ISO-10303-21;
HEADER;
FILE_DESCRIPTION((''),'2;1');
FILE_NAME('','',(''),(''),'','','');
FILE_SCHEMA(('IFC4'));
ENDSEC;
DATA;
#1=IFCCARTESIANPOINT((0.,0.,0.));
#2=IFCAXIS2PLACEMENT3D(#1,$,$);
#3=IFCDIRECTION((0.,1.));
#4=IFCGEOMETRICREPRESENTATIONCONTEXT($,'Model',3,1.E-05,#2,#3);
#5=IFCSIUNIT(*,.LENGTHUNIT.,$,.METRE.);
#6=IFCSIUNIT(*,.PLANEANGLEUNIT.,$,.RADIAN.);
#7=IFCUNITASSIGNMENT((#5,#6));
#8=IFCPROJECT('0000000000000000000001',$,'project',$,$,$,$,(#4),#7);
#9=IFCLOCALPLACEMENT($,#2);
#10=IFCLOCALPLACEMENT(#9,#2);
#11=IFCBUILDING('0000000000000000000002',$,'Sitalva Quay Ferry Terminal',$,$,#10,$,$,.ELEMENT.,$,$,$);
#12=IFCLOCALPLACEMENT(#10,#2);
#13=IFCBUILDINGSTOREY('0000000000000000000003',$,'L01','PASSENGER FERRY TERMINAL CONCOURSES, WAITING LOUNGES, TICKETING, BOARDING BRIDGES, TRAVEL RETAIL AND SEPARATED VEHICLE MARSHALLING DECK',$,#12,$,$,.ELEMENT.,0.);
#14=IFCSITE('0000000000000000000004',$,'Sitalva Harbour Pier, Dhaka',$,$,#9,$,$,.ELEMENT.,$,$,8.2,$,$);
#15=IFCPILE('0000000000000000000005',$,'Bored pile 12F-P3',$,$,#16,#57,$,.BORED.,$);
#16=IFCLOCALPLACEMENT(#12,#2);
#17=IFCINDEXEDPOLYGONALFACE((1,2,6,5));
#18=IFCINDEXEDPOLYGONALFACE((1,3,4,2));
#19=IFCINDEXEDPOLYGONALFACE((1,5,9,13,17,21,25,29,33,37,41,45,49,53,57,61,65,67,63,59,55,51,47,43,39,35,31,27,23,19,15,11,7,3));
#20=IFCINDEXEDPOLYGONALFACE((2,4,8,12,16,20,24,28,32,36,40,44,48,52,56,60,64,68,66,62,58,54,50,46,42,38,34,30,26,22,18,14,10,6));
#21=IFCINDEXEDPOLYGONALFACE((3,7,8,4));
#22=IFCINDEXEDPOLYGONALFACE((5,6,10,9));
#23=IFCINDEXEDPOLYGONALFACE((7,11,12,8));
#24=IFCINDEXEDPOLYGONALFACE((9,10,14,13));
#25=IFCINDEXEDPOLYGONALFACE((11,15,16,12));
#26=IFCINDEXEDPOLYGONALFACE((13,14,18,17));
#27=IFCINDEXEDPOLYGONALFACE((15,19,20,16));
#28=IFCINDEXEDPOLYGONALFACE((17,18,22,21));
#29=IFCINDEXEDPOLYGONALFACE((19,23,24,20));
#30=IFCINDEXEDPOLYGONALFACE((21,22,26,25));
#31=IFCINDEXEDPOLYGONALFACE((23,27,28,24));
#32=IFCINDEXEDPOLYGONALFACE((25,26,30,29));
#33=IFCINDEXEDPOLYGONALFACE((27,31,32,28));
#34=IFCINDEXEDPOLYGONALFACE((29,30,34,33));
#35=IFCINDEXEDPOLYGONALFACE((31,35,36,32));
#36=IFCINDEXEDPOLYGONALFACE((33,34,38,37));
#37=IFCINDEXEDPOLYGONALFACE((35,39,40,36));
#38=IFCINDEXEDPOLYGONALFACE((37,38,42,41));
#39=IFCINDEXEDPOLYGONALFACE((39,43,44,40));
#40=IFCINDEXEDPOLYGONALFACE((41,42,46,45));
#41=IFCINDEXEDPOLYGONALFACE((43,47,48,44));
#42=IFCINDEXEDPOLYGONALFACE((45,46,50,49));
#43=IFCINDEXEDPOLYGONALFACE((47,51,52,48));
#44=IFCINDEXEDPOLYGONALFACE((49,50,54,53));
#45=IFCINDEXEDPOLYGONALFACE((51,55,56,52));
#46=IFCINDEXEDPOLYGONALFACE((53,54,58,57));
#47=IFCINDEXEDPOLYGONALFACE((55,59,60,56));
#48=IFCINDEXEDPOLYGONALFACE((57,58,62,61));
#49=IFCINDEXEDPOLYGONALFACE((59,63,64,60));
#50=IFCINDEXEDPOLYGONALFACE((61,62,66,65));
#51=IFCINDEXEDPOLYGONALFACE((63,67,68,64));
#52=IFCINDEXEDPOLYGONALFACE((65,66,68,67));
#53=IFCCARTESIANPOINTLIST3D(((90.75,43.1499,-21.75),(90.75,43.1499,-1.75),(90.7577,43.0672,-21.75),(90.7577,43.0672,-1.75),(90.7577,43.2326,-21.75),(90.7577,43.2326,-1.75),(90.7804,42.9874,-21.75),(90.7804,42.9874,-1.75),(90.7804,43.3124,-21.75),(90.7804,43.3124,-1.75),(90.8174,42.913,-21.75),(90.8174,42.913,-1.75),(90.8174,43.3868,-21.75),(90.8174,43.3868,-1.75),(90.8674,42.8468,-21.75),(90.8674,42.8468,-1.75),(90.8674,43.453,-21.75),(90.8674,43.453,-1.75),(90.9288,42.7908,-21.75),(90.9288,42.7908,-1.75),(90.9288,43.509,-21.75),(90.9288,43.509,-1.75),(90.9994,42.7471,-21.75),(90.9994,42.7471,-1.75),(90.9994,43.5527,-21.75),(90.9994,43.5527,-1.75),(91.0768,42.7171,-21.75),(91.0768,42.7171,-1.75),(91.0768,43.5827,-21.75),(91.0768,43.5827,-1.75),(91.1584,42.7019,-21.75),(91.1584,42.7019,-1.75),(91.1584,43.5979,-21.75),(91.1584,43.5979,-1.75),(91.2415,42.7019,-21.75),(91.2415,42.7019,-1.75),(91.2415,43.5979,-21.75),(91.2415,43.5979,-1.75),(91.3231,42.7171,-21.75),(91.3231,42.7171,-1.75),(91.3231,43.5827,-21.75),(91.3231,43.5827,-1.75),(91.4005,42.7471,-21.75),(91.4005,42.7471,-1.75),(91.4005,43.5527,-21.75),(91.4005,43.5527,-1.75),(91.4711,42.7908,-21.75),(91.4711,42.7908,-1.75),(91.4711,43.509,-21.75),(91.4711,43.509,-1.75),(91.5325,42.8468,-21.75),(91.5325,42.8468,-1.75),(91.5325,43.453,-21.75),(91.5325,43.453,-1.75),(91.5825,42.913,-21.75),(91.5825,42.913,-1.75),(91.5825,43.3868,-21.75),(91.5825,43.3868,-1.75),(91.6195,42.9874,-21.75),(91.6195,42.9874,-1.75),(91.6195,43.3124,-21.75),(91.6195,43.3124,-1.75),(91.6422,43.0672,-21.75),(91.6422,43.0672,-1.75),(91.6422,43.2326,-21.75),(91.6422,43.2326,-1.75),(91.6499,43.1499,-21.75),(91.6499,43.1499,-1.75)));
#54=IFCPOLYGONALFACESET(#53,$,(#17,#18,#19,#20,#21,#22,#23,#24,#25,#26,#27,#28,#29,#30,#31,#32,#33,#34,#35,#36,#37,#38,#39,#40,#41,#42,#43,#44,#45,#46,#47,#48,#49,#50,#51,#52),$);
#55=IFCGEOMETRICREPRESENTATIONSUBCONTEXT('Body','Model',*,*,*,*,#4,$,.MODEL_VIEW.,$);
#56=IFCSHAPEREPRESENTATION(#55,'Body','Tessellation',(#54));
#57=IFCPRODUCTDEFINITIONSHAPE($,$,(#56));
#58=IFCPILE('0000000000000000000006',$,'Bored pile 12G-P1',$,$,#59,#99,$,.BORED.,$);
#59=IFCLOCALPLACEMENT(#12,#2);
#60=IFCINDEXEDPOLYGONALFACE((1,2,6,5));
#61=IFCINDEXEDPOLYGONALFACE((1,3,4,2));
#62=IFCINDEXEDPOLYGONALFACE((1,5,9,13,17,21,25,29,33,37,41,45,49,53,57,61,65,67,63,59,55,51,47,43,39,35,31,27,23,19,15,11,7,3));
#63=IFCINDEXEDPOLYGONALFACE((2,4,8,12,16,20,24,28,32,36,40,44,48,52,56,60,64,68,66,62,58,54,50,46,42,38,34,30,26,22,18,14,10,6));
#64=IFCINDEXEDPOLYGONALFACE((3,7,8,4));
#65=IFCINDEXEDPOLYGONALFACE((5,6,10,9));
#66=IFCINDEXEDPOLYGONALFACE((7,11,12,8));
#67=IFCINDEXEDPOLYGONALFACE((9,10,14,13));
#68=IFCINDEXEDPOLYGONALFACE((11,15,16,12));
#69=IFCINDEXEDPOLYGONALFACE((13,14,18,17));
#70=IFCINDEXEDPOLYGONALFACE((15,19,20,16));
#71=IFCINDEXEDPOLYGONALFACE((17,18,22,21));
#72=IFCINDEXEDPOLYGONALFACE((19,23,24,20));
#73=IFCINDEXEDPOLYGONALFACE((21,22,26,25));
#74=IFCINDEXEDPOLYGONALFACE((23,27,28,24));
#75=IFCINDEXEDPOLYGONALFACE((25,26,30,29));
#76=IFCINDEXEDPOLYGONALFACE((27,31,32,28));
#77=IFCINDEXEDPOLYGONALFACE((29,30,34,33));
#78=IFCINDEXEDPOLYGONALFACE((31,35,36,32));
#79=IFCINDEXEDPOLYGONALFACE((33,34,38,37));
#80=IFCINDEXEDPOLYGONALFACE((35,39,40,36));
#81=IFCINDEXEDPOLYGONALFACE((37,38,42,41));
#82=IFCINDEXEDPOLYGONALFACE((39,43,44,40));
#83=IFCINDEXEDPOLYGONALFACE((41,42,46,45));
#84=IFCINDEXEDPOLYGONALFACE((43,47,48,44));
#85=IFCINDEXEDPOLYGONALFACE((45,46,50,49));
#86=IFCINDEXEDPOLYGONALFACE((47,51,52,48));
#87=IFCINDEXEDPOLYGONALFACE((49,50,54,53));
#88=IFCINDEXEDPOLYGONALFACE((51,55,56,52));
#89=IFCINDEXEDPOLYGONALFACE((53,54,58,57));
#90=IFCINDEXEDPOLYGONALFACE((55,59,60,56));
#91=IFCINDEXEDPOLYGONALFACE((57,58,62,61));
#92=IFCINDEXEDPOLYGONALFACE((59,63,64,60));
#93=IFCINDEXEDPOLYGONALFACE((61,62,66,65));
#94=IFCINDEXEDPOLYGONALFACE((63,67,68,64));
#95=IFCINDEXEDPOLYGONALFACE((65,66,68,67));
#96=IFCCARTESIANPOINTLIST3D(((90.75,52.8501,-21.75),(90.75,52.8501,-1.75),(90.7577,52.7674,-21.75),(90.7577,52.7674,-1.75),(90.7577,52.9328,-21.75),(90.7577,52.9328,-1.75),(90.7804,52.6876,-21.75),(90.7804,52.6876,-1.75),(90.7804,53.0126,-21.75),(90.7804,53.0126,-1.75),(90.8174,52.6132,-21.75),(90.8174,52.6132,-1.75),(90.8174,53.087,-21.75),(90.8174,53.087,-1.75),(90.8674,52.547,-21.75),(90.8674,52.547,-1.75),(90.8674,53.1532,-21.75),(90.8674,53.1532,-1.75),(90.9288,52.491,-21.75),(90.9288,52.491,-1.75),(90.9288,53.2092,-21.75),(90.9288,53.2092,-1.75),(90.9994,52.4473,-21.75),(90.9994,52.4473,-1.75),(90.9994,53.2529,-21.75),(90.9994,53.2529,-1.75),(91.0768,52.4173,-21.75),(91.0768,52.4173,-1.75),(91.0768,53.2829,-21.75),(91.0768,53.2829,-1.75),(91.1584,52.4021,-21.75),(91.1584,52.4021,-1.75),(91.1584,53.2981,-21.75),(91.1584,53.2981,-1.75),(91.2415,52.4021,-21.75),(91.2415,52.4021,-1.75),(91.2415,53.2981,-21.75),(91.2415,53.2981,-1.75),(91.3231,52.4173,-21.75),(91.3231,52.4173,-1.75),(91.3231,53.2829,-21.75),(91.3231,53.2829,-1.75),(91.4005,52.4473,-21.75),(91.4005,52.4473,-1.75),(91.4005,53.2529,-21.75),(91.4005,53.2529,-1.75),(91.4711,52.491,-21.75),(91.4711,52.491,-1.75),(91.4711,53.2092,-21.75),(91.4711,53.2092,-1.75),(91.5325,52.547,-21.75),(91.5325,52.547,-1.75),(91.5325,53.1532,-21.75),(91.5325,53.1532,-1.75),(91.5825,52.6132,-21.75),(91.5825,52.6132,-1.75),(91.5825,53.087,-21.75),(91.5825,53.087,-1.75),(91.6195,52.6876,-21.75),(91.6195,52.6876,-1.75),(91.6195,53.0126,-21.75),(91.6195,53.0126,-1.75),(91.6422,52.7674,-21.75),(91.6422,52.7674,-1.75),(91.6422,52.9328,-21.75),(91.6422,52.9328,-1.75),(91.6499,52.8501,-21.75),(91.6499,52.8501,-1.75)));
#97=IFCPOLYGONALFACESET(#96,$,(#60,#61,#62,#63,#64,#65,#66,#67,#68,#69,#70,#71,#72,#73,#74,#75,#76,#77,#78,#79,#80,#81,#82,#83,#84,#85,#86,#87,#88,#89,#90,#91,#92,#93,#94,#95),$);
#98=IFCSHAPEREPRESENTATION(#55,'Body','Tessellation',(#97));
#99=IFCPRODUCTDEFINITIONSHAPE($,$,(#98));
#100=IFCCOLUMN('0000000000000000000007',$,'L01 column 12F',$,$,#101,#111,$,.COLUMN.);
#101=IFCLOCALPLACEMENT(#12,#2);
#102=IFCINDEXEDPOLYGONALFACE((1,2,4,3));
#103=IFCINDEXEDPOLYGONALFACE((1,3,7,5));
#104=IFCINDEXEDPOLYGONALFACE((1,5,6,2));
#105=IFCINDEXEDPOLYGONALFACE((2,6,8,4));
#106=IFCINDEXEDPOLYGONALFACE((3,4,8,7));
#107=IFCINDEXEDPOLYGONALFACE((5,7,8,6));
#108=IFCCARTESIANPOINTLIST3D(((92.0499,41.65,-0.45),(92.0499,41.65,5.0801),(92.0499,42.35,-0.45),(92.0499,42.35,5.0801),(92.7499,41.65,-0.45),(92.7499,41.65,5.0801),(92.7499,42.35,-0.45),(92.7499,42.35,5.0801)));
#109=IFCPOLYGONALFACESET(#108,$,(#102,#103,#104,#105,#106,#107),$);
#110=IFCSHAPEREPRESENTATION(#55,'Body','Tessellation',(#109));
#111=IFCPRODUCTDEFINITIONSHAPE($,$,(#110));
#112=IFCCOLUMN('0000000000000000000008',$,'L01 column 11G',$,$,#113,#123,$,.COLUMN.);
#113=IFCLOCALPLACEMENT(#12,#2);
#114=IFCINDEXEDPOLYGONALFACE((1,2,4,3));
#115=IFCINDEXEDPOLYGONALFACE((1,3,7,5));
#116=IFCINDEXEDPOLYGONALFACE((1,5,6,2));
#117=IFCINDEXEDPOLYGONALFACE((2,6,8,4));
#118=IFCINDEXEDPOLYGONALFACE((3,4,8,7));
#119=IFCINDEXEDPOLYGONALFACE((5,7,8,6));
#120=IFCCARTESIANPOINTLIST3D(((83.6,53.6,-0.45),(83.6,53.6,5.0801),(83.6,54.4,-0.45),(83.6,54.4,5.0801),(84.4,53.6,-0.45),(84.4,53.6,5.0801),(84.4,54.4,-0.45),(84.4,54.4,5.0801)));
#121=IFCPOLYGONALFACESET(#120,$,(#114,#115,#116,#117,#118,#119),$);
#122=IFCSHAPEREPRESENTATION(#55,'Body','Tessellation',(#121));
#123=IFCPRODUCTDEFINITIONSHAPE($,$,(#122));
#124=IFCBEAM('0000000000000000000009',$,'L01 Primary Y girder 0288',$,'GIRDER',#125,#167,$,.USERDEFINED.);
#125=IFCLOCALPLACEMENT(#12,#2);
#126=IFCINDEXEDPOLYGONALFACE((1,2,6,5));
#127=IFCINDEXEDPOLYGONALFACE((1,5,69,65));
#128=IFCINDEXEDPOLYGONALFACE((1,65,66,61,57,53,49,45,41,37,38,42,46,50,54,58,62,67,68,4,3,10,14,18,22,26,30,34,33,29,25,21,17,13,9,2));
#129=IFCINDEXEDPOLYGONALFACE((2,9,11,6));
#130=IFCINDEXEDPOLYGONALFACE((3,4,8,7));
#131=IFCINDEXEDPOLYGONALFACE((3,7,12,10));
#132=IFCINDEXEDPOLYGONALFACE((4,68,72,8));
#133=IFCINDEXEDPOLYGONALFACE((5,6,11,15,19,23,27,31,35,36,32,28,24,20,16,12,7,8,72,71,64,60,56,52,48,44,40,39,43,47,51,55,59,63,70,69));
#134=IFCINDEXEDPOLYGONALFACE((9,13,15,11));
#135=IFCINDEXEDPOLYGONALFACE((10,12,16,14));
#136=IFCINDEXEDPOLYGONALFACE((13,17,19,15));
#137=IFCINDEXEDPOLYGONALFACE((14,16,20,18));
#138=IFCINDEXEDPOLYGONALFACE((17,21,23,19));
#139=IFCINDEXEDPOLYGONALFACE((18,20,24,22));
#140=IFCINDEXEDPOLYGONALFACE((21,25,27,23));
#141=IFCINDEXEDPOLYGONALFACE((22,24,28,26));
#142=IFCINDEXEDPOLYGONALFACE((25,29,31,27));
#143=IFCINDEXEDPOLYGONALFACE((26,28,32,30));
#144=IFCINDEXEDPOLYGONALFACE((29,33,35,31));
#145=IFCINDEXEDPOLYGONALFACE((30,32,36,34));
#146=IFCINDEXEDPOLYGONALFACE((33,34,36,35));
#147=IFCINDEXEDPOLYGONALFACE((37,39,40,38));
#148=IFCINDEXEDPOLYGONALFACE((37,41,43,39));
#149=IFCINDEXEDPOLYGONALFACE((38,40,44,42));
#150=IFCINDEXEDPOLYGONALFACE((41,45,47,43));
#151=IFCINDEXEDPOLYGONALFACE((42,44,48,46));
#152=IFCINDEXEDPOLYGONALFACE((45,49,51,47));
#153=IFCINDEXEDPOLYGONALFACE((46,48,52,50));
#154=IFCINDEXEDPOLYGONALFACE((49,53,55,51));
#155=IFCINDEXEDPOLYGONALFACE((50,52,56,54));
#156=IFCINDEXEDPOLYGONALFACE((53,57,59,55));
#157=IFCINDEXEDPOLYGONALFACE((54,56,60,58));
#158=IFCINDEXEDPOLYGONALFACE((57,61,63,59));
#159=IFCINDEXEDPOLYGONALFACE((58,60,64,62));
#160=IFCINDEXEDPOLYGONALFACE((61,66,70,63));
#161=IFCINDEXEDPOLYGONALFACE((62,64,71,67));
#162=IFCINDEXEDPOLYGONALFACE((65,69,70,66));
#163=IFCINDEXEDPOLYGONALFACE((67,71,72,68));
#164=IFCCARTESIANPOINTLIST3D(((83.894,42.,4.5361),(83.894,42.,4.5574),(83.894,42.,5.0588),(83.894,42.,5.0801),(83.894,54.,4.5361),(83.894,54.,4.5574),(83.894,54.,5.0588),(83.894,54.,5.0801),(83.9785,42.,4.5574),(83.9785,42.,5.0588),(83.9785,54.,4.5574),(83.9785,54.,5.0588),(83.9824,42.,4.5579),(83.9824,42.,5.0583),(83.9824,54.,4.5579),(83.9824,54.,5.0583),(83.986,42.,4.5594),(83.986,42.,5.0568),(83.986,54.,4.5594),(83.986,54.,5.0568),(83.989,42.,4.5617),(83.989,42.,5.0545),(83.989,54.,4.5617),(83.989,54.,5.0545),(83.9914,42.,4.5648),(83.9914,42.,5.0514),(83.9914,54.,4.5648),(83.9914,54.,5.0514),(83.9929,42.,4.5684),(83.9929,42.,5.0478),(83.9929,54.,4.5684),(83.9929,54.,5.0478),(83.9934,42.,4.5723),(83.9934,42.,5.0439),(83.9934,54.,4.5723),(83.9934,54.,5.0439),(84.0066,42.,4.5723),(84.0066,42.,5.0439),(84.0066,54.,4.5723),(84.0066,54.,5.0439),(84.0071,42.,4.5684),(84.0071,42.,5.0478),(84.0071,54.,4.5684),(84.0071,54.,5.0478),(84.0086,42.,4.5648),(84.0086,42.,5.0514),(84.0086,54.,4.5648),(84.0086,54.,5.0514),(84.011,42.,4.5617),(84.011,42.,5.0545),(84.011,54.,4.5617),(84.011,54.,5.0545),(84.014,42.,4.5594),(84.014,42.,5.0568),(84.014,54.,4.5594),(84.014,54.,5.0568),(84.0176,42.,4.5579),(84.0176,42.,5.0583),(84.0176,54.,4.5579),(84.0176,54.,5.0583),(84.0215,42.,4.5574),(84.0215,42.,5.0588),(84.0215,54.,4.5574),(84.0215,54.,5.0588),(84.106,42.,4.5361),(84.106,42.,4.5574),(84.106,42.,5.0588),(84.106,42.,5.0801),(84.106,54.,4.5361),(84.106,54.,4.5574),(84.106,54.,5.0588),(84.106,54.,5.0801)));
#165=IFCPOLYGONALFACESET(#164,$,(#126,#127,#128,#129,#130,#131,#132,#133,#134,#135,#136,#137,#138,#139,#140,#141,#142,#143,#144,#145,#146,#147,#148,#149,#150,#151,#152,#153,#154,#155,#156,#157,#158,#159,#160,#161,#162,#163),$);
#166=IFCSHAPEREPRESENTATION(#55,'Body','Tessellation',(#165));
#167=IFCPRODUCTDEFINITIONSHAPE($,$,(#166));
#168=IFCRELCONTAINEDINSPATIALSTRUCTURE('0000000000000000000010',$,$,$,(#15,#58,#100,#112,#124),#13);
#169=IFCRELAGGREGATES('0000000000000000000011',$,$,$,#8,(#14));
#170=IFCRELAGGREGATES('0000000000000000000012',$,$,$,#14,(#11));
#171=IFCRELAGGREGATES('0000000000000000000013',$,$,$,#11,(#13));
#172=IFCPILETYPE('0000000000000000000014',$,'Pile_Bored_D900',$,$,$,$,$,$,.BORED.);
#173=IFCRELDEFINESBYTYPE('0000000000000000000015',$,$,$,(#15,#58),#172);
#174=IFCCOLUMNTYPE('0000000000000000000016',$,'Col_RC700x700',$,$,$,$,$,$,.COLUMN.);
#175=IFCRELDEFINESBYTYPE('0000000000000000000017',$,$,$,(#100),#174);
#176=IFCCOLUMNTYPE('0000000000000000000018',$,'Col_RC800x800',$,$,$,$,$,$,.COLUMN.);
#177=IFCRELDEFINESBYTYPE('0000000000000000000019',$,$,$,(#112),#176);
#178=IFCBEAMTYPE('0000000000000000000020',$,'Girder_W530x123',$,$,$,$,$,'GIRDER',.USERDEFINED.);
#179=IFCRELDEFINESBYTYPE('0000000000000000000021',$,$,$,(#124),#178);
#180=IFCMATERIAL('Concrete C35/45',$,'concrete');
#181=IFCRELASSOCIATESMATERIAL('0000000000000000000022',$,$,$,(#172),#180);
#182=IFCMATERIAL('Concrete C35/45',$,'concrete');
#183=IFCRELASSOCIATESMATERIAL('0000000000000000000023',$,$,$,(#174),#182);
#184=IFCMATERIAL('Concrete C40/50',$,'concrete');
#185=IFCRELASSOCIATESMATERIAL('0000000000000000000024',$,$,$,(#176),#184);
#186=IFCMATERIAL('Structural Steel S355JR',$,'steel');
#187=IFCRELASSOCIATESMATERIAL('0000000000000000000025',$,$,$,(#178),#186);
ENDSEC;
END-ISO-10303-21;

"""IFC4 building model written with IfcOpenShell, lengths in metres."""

from ifc_helpers import new_model, si_unit, direction, frame, origin, origin_2d, place, context, subcontext, project, spatial, rectangle, circle, i_section, extrude, material, material_profile, profile_set, type_object, element, save


model = new_model("IFC4")

# Units and contexts
model_context = context("Model", 3, precision=1e-05, world=origin(), true_north=direction((0.0, 1.0)))
body_context = subcontext(model_context, "Body", "Model", "MODEL_VIEW")
ifc_project = project(units=[si_unit("LENGTHUNIT", "METRE"), si_unit("PLANEANGLEUNIT", "RADIAN")], contexts=[model_context])

# Site, building, storey
site_placement = place(None, origin())
site = spatial("IfcSite", under=ifc_project, at=site_placement, Name="Sitalva Harbour Pier, Dhaka", CompositionType="ELEMENT", RefElevation=8.2)
building_placement = place(site_placement, origin())
building = spatial("IfcBuilding", under=site, at=building_placement, Name="Sitalva Quay Ferry Terminal", CompositionType="ELEMENT")
storey_placement = place(building_placement, origin())
storey = spatial("IfcBuildingStorey", under=building, at=storey_placement, Name="L01", Description="PASSENGER FERRY TERMINAL CONCOURSES, WAITING LOUNGES, TICKETING, BOARDING BRIDGES, TRAVEL RETAIL AND SEPARATED VEHICLE MARSHALLING DECK", CompositionType="ELEMENT", Elevation=0.0)

# Piles
ifc_material_1 = material(Name="Concrete C35/45", Category="concrete")
ifc_material_profile_1 = material_profile(ifc_material_1, circle(Radius=0.45, at=origin_2d()), Name="PILE-D900")
ifc_profile_set_1 = profile_set([ifc_material_profile_1], Name="Concrete C35/45")
pile_type_1 = type_object("IfcPileType", Name="Pile_Bored_D900", PredefinedType="BORED", material=ifc_profile_set_1)
for number, where, z_axis, x_axis, name in (
    (1, (91.2, 43.1499, -1.75), (0.0, 0.0, -1.0), (1.0, 0.0, 0.0), "Bored pile 12F-P3"),
    (2, (91.2, 52.8501, -1.75), (0.0, 0.0, -1.0), (1.0, 0.0, 0.0), "Bored pile 12G-P1"),
):
    element("IfcPile", number, at=place(storey_placement, frame(where, z_axis=z_axis, x_axis=x_axis)), inside=storey, type_object=pile_type_1, Name=name, PredefinedType="BORED", context=body_context, shape_type="SweptSolid", body=[
        extrude(circle(Radius=0.45, at=origin_2d()), origin(), (0.0, 0.0, 1.0), 20.0),
    ])

# Columns
ifc_material_2 = material(Name="Concrete C35/45", Category="concrete")
ifc_material_profile_2 = material_profile(ifc_material_2, rectangle(XDim=0.7, YDim=0.7, at=origin_2d()), Name="RC700x700")
ifc_profile_set_2 = profile_set([ifc_material_profile_2], Name="Concrete C35/45")
column_type_1 = type_object("IfcColumnType", Name="Col_RC700x700", PredefinedType="COLUMN", material=ifc_profile_set_2)
column_1_placement = place(storey_placement, frame((92.3999, 42.0, -0.45), z_axis=(0.0, 0.0, 1.0), x_axis=(1.0, 0.0, 0.0)))
element("IfcColumn", 3, at=column_1_placement, inside=storey, type_object=column_type_1, Name="L01 column 12F", PredefinedType="COLUMN", context=body_context, shape_type="SweptSolid", body=[
    extrude(rectangle(XDim=0.7, YDim=0.7, at=origin_2d()), origin(), (0.0, 0.0, 1.0), 5.53),
])
ifc_material_3 = material(Name="Concrete C40/50", Category="concrete")
ifc_material_profile_3 = material_profile(ifc_material_3, rectangle(XDim=0.8, YDim=0.8, at=origin_2d()), Name="RC800x800")
ifc_profile_set_3 = profile_set([ifc_material_profile_3], Name="Concrete C40/50")
column_type_2 = type_object("IfcColumnType", Name="Col_RC800x800", PredefinedType="COLUMN", material=ifc_profile_set_3)
column_2_placement = place(storey_placement, frame((84.0, 54.0, -0.45), z_axis=(0.0, 0.0, 1.0), x_axis=(1.0, 0.0, 0.0)))
element("IfcColumn", 4, at=column_2_placement, inside=storey, type_object=column_type_2, Name="L01 column 11G", PredefinedType="COLUMN", context=body_context, shape_type="SweptSolid", body=[
    extrude(rectangle(XDim=0.8, YDim=0.8, at=origin_2d()), origin(), (0.0, 0.0, 1.0), 5.53),
])

# Beam
ifc_material_4 = material(Name="Structural Steel S355JR", Category="steel")
ifc_material_profile_4 = material_profile(ifc_material_4, i_section(OverallWidth=0.2119, OverallDepth=0.5439, WebThickness=0.0132, FlangeThickness=0.0212, FilletRadius=0.0149, at=origin_2d()), Name="W530x123")
ifc_profile_set_4 = profile_set([ifc_material_profile_4], Name="Structural Steel S355JR")
beam_type_1 = type_object("IfcBeamType", Name="Girder_W530x123", ElementType="GIRDER", PredefinedType="USERDEFINED", material=ifc_profile_set_4)
for number, where, z_axis, x_axis, name in (
    (5, (84.0, 42.0, 4.8081), (0.0, 1.0, 0.0), (-1.0, 0.0, 0.0), "L01 Primary Y girder 0288"),
):
    element("IfcBeam", number, at=place(storey_placement, frame(where, z_axis=z_axis, x_axis=x_axis)), inside=storey, type_object=beam_type_1, Name=name, ObjectType="GIRDER", PredefinedType="USERDEFINED", context=body_context, shape_type="SweptSolid", body=[
        extrude(i_section(OverallWidth=0.2119, OverallDepth=0.5439, WebThickness=0.0132, FlangeThickness=0.0212, FilletRadius=0.0149, at=origin_2d()), origin(), (0.0, 0.0, 1.0), 12.0),
    ])

save(model, "model.ifc")
